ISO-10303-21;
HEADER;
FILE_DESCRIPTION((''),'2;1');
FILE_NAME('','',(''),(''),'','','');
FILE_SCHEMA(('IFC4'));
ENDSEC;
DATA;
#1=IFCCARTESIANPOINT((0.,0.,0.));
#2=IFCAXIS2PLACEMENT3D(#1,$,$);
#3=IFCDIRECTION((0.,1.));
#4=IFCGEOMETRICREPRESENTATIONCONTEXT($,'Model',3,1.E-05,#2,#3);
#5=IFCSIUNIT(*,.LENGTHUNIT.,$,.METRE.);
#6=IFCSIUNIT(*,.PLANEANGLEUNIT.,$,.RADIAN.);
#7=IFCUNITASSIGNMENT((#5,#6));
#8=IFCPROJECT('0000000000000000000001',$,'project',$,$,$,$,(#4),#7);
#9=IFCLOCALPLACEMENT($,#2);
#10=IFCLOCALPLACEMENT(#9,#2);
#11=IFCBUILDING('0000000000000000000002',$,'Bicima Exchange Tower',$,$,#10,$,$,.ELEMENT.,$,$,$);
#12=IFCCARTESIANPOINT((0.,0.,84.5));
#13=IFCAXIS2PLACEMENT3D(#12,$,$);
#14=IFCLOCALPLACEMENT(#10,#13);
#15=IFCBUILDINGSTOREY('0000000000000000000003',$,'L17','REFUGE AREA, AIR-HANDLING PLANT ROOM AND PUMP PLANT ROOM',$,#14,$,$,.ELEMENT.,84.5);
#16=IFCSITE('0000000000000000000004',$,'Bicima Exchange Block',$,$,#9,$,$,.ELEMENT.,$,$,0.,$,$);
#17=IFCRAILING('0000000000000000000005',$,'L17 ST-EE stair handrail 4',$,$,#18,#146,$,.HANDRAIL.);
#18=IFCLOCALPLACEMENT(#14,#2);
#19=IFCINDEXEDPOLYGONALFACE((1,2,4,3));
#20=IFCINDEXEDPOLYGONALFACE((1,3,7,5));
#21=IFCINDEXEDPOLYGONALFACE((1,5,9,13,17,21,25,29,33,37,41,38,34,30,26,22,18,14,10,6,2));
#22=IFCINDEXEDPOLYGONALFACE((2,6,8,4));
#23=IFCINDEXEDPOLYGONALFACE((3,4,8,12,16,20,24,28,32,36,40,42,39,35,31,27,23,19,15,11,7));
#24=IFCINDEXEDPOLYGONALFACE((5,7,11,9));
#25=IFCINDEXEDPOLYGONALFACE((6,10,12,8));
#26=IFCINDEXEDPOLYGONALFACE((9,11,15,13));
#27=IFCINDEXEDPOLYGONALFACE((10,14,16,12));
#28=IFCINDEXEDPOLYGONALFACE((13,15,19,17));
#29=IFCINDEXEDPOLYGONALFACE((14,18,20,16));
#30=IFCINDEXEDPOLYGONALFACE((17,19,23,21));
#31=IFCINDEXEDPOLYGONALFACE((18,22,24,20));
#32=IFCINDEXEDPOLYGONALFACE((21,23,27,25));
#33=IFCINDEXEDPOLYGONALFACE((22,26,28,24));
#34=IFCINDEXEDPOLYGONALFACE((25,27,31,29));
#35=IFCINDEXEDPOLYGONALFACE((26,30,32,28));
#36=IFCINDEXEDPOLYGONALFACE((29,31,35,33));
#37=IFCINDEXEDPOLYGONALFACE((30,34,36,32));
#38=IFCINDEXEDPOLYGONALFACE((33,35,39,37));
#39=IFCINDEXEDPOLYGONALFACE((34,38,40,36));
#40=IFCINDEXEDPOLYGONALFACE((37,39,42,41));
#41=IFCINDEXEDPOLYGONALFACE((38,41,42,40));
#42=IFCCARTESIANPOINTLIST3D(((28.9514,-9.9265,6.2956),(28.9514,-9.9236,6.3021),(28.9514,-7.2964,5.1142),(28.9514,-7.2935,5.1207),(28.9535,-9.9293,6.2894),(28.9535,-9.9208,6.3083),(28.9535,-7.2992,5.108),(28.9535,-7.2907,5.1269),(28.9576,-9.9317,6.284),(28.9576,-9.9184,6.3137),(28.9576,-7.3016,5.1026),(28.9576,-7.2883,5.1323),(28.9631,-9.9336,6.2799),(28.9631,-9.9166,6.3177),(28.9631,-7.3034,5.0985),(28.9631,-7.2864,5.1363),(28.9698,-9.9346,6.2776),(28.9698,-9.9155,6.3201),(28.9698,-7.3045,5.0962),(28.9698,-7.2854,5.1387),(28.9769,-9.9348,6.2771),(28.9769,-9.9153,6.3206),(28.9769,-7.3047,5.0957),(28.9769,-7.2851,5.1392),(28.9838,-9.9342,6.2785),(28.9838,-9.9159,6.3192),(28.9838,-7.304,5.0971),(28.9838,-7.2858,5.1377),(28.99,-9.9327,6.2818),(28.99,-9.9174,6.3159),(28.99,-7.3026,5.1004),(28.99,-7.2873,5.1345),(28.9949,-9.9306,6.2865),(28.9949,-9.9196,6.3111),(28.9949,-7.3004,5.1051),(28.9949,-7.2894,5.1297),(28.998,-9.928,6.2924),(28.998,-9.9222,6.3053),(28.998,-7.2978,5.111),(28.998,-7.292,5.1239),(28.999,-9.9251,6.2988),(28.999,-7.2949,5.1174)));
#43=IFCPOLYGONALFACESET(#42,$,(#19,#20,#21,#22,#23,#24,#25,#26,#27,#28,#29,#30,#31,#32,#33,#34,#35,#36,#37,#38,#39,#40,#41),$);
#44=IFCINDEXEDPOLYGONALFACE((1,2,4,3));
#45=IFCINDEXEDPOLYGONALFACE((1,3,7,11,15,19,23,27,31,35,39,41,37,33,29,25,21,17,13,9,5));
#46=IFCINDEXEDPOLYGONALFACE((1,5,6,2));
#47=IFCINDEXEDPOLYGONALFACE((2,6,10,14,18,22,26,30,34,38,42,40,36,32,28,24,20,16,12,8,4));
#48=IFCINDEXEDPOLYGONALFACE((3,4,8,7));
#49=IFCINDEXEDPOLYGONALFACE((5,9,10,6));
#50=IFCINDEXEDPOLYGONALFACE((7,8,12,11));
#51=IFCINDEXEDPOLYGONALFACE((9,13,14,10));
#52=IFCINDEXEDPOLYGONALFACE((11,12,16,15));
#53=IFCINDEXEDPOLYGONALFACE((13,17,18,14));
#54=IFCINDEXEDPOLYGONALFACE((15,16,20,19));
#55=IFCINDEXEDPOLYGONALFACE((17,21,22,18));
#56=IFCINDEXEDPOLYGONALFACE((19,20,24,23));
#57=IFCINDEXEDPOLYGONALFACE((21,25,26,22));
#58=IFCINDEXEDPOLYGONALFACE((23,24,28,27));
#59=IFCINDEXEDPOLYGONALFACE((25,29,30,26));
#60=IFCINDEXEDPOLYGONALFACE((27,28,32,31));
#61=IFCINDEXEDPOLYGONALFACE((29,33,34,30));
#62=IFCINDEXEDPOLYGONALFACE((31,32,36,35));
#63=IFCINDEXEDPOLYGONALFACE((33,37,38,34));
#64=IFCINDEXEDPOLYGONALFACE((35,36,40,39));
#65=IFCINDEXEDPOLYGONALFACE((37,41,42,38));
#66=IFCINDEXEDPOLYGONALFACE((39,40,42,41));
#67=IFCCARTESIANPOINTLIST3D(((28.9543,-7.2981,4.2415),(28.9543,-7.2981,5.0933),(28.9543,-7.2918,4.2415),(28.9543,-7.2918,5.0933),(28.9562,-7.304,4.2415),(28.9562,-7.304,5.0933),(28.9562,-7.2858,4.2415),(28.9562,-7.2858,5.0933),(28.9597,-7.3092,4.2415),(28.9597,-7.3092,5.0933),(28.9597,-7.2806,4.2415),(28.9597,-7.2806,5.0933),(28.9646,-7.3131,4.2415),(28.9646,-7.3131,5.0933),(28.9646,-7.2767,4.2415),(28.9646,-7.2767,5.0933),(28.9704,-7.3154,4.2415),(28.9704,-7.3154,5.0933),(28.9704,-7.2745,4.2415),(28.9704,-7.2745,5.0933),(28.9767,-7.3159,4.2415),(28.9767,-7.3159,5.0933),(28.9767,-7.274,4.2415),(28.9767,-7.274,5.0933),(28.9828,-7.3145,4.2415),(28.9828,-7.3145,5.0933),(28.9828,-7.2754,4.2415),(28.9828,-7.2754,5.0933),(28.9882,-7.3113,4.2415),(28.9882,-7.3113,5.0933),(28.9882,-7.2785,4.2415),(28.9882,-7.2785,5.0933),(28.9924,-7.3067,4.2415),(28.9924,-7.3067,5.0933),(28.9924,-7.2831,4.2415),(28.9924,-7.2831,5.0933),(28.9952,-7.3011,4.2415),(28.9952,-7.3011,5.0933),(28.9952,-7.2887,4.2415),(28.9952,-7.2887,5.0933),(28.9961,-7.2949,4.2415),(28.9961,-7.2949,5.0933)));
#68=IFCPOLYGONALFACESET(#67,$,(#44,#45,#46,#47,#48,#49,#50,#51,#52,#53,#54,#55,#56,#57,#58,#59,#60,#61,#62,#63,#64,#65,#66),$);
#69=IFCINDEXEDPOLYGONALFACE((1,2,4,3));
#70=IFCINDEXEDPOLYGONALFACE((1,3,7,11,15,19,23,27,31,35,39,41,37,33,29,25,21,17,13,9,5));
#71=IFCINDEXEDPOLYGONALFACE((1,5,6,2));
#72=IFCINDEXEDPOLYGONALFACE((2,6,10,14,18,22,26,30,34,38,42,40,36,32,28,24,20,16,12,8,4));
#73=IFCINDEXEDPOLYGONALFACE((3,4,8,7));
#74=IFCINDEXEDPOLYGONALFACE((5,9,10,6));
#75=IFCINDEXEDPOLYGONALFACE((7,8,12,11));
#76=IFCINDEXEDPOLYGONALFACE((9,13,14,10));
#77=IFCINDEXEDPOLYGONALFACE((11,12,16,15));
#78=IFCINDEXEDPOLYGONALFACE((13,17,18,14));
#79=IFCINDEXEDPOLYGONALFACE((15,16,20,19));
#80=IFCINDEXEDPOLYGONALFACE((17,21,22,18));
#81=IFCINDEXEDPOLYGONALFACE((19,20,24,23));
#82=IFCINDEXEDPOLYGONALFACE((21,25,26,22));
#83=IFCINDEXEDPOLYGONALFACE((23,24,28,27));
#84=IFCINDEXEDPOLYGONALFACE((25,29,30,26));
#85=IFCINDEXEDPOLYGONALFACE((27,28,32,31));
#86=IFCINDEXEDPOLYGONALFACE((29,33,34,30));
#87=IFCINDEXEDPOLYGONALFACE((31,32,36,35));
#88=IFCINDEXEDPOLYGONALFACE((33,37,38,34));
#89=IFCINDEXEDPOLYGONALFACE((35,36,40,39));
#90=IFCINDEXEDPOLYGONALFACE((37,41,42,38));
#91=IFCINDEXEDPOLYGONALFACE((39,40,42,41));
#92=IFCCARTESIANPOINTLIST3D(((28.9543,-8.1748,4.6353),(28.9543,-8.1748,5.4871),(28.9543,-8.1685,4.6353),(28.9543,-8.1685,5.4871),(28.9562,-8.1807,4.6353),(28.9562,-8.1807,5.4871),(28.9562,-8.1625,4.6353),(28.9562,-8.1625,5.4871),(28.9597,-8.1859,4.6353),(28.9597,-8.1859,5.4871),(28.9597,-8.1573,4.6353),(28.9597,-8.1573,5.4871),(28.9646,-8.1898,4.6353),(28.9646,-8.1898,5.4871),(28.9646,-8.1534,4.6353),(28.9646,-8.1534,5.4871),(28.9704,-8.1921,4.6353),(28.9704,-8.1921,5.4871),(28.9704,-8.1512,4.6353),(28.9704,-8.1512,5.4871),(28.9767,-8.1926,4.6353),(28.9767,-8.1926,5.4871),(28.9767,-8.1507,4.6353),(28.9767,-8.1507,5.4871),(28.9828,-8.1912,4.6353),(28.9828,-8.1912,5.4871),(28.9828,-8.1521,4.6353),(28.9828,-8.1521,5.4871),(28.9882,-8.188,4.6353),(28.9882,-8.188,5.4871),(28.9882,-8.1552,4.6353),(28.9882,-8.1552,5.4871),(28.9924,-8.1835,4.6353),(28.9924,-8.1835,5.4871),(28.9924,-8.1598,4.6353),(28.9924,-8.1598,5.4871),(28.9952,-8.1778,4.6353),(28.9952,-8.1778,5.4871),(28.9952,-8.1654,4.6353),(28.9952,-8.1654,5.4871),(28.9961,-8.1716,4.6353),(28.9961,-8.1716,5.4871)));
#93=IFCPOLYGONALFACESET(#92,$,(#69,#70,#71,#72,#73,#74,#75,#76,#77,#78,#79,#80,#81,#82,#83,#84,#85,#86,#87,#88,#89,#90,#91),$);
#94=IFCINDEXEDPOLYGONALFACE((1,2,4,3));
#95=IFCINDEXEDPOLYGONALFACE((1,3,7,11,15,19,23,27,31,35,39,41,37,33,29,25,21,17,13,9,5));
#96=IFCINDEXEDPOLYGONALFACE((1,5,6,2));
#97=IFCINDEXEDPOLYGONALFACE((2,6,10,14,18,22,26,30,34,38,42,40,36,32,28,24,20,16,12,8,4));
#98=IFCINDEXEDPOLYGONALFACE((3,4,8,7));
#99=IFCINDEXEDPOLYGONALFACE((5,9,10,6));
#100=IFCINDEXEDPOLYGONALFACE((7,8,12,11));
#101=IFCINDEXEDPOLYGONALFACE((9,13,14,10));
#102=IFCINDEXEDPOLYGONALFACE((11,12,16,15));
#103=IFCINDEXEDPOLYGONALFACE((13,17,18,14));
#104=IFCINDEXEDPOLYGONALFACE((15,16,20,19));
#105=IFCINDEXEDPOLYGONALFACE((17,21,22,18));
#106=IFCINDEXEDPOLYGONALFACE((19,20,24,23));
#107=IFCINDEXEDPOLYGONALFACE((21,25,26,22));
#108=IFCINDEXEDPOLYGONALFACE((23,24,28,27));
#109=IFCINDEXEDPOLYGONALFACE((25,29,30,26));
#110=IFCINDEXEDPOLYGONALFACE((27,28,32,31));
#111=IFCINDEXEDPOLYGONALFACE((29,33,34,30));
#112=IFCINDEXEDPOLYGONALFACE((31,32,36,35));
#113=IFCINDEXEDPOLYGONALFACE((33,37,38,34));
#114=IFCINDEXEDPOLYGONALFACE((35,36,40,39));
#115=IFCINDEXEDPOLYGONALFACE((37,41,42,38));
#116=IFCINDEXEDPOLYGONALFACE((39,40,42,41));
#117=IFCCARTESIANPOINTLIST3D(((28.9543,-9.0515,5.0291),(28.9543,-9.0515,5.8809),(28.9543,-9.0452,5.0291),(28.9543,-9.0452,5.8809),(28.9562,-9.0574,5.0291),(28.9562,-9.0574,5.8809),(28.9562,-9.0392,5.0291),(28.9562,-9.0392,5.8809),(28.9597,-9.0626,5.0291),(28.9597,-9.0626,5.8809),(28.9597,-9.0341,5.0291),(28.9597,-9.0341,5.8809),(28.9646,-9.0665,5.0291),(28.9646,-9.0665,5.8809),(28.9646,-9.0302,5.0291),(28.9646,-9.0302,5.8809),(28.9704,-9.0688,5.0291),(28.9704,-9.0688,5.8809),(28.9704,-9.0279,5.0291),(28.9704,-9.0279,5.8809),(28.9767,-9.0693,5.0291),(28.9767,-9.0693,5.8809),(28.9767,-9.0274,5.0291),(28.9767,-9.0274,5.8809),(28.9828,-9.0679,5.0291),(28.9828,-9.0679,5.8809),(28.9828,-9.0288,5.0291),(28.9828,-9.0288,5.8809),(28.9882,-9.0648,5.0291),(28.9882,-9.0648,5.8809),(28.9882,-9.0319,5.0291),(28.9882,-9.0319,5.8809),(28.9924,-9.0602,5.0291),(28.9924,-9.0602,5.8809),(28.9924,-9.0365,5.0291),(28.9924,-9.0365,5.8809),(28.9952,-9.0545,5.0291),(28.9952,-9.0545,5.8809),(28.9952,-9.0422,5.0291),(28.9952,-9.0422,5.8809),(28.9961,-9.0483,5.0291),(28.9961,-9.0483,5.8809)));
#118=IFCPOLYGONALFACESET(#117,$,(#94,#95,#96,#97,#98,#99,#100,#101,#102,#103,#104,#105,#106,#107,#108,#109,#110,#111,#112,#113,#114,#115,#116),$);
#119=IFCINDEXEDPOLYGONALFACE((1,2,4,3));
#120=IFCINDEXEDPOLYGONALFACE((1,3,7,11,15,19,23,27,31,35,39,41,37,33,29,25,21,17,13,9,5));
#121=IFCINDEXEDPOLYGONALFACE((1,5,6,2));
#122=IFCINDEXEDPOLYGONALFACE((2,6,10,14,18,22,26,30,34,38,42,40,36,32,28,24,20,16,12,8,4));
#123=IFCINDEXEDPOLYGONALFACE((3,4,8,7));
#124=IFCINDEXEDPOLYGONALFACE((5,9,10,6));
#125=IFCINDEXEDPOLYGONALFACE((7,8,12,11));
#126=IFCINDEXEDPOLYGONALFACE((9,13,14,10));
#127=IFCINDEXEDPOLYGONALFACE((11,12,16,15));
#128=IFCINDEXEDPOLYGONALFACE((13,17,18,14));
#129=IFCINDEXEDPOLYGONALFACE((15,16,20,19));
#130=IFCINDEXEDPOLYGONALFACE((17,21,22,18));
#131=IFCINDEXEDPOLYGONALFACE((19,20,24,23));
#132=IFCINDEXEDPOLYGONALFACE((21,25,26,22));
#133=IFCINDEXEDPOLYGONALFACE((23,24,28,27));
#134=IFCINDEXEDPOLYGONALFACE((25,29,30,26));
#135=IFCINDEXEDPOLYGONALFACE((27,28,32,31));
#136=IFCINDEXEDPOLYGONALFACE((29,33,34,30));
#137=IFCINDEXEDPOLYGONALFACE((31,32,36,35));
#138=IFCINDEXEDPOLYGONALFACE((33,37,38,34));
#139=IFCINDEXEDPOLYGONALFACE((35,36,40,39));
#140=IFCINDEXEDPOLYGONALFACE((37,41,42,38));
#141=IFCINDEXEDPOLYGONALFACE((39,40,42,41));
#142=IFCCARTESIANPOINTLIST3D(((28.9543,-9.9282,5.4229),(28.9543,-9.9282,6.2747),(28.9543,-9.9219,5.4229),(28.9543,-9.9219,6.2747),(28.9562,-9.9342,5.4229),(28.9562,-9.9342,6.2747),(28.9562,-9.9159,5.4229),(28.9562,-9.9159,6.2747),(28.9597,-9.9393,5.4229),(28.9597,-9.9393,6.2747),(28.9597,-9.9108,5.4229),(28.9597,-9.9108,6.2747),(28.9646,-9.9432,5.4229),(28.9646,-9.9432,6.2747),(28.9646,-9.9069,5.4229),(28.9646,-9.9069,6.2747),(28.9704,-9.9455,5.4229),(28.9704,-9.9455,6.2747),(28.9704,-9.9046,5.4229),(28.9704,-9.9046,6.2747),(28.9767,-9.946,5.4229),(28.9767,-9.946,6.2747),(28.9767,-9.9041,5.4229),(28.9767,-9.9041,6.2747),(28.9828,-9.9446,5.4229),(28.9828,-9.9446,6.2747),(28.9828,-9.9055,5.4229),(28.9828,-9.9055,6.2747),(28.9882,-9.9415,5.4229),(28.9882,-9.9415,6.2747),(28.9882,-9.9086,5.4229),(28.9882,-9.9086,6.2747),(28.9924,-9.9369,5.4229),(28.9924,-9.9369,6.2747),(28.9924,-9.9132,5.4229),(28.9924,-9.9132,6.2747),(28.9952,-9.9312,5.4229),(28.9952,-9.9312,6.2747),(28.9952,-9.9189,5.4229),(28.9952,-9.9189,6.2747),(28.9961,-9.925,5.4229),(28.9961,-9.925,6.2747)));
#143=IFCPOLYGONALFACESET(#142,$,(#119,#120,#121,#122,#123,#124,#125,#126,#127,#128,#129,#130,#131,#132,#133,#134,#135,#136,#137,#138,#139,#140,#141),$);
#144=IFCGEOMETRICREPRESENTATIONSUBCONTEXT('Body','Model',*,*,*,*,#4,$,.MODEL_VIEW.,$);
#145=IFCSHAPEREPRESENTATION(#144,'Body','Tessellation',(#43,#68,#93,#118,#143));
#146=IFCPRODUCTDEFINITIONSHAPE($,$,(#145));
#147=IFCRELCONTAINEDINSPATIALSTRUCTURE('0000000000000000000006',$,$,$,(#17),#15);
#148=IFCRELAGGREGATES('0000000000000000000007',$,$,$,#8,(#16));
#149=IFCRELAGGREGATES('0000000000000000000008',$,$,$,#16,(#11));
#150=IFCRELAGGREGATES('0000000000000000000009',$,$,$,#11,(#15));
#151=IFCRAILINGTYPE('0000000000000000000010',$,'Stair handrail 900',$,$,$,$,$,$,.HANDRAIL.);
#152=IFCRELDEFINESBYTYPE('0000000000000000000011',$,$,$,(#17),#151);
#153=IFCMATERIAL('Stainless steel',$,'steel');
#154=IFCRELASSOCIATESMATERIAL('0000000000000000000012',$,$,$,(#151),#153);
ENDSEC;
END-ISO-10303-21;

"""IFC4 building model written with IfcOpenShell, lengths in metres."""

from ifc_helpers import new_model, si_unit, direction, frame, origin, origin_2d, place, context, subcontext, project, spatial, circle, extrude, material, type_object, element, save


model = new_model("IFC4")

# Units and contexts
model_context = context("Model", 3, precision=1e-05, world=origin(), true_north=direction((0.0, 1.0)))
body_context = subcontext(model_context, "Body", "Model", "MODEL_VIEW")
ifc_project = project(units=[si_unit("LENGTHUNIT", "METRE"), si_unit("PLANEANGLEUNIT", "RADIAN")], contexts=[model_context])

# Site, building, storey
site_placement = place(None, origin())
site = spatial("IfcSite", under=ifc_project, at=site_placement, Name="Bicima Exchange Block", CompositionType="ELEMENT", RefElevation=0.0)
building_placement = place(site_placement, origin())
building = spatial("IfcBuilding", under=site, at=building_placement, Name="Bicima Exchange Tower", CompositionType="ELEMENT")
storey_placement = place(building_placement, frame((0.0, 0.0, 84.5)))
storey = spatial("IfcBuildingStorey", under=building, at=storey_placement, Name="L17", Description="REFUGE AREA, AIR-HANDLING PLANT ROOM AND PUMP PLANT ROOM", CompositionType="ELEMENT", Elevation=84.5)

# Railing
ifc_material_1 = material(Name="Stainless steel", Category="steel")
railing_type_1 = type_object("IfcRailingType", Name="Stair handrail 900", PredefinedType="HANDRAIL", material=ifc_material_1)
railing_1_placement = place(storey_placement, frame((28.9751, -7.2949, 4.2415)))
element("IfcRailing", 1, at=railing_1_placement, inside=storey, type_object=railing_type_1, Name="L17 ST-EE stair handrail 4", PredefinedType="HANDRAIL", context=body_context, shape_type="SweptSolid", body=[
    extrude(circle(Radius=0.0239, at=origin_2d()), frame((0.0, 0.0, 0.876), z_axis=(0.0, -0.912202, 0.409741), x_axis=(1.0, 0.0, 0.0)), (0.0, 0.0, 1.0), 2.8833),
    extrude(circle(Radius=0.021, at=origin_2d()), origin(), (0.0, 0.0, 1.0), 0.8518),
    extrude(circle(Radius=0.021, at=origin_2d()), frame((0.0, -0.8767, 0.3938)), (0.0, 0.0, 1.0), 0.8518),
    extrude(circle(Radius=0.021, at=origin_2d()), frame((0.0, -1.7534, 0.7876)), (0.0, 0.0, 1.0), 0.8518),
    extrude(circle(Radius=0.021, at=origin_2d()), frame((0.0, -2.6301, 1.1814)), (0.0, 0.0, 1.0), 0.8518),
])

save(model, "model.ifc")
